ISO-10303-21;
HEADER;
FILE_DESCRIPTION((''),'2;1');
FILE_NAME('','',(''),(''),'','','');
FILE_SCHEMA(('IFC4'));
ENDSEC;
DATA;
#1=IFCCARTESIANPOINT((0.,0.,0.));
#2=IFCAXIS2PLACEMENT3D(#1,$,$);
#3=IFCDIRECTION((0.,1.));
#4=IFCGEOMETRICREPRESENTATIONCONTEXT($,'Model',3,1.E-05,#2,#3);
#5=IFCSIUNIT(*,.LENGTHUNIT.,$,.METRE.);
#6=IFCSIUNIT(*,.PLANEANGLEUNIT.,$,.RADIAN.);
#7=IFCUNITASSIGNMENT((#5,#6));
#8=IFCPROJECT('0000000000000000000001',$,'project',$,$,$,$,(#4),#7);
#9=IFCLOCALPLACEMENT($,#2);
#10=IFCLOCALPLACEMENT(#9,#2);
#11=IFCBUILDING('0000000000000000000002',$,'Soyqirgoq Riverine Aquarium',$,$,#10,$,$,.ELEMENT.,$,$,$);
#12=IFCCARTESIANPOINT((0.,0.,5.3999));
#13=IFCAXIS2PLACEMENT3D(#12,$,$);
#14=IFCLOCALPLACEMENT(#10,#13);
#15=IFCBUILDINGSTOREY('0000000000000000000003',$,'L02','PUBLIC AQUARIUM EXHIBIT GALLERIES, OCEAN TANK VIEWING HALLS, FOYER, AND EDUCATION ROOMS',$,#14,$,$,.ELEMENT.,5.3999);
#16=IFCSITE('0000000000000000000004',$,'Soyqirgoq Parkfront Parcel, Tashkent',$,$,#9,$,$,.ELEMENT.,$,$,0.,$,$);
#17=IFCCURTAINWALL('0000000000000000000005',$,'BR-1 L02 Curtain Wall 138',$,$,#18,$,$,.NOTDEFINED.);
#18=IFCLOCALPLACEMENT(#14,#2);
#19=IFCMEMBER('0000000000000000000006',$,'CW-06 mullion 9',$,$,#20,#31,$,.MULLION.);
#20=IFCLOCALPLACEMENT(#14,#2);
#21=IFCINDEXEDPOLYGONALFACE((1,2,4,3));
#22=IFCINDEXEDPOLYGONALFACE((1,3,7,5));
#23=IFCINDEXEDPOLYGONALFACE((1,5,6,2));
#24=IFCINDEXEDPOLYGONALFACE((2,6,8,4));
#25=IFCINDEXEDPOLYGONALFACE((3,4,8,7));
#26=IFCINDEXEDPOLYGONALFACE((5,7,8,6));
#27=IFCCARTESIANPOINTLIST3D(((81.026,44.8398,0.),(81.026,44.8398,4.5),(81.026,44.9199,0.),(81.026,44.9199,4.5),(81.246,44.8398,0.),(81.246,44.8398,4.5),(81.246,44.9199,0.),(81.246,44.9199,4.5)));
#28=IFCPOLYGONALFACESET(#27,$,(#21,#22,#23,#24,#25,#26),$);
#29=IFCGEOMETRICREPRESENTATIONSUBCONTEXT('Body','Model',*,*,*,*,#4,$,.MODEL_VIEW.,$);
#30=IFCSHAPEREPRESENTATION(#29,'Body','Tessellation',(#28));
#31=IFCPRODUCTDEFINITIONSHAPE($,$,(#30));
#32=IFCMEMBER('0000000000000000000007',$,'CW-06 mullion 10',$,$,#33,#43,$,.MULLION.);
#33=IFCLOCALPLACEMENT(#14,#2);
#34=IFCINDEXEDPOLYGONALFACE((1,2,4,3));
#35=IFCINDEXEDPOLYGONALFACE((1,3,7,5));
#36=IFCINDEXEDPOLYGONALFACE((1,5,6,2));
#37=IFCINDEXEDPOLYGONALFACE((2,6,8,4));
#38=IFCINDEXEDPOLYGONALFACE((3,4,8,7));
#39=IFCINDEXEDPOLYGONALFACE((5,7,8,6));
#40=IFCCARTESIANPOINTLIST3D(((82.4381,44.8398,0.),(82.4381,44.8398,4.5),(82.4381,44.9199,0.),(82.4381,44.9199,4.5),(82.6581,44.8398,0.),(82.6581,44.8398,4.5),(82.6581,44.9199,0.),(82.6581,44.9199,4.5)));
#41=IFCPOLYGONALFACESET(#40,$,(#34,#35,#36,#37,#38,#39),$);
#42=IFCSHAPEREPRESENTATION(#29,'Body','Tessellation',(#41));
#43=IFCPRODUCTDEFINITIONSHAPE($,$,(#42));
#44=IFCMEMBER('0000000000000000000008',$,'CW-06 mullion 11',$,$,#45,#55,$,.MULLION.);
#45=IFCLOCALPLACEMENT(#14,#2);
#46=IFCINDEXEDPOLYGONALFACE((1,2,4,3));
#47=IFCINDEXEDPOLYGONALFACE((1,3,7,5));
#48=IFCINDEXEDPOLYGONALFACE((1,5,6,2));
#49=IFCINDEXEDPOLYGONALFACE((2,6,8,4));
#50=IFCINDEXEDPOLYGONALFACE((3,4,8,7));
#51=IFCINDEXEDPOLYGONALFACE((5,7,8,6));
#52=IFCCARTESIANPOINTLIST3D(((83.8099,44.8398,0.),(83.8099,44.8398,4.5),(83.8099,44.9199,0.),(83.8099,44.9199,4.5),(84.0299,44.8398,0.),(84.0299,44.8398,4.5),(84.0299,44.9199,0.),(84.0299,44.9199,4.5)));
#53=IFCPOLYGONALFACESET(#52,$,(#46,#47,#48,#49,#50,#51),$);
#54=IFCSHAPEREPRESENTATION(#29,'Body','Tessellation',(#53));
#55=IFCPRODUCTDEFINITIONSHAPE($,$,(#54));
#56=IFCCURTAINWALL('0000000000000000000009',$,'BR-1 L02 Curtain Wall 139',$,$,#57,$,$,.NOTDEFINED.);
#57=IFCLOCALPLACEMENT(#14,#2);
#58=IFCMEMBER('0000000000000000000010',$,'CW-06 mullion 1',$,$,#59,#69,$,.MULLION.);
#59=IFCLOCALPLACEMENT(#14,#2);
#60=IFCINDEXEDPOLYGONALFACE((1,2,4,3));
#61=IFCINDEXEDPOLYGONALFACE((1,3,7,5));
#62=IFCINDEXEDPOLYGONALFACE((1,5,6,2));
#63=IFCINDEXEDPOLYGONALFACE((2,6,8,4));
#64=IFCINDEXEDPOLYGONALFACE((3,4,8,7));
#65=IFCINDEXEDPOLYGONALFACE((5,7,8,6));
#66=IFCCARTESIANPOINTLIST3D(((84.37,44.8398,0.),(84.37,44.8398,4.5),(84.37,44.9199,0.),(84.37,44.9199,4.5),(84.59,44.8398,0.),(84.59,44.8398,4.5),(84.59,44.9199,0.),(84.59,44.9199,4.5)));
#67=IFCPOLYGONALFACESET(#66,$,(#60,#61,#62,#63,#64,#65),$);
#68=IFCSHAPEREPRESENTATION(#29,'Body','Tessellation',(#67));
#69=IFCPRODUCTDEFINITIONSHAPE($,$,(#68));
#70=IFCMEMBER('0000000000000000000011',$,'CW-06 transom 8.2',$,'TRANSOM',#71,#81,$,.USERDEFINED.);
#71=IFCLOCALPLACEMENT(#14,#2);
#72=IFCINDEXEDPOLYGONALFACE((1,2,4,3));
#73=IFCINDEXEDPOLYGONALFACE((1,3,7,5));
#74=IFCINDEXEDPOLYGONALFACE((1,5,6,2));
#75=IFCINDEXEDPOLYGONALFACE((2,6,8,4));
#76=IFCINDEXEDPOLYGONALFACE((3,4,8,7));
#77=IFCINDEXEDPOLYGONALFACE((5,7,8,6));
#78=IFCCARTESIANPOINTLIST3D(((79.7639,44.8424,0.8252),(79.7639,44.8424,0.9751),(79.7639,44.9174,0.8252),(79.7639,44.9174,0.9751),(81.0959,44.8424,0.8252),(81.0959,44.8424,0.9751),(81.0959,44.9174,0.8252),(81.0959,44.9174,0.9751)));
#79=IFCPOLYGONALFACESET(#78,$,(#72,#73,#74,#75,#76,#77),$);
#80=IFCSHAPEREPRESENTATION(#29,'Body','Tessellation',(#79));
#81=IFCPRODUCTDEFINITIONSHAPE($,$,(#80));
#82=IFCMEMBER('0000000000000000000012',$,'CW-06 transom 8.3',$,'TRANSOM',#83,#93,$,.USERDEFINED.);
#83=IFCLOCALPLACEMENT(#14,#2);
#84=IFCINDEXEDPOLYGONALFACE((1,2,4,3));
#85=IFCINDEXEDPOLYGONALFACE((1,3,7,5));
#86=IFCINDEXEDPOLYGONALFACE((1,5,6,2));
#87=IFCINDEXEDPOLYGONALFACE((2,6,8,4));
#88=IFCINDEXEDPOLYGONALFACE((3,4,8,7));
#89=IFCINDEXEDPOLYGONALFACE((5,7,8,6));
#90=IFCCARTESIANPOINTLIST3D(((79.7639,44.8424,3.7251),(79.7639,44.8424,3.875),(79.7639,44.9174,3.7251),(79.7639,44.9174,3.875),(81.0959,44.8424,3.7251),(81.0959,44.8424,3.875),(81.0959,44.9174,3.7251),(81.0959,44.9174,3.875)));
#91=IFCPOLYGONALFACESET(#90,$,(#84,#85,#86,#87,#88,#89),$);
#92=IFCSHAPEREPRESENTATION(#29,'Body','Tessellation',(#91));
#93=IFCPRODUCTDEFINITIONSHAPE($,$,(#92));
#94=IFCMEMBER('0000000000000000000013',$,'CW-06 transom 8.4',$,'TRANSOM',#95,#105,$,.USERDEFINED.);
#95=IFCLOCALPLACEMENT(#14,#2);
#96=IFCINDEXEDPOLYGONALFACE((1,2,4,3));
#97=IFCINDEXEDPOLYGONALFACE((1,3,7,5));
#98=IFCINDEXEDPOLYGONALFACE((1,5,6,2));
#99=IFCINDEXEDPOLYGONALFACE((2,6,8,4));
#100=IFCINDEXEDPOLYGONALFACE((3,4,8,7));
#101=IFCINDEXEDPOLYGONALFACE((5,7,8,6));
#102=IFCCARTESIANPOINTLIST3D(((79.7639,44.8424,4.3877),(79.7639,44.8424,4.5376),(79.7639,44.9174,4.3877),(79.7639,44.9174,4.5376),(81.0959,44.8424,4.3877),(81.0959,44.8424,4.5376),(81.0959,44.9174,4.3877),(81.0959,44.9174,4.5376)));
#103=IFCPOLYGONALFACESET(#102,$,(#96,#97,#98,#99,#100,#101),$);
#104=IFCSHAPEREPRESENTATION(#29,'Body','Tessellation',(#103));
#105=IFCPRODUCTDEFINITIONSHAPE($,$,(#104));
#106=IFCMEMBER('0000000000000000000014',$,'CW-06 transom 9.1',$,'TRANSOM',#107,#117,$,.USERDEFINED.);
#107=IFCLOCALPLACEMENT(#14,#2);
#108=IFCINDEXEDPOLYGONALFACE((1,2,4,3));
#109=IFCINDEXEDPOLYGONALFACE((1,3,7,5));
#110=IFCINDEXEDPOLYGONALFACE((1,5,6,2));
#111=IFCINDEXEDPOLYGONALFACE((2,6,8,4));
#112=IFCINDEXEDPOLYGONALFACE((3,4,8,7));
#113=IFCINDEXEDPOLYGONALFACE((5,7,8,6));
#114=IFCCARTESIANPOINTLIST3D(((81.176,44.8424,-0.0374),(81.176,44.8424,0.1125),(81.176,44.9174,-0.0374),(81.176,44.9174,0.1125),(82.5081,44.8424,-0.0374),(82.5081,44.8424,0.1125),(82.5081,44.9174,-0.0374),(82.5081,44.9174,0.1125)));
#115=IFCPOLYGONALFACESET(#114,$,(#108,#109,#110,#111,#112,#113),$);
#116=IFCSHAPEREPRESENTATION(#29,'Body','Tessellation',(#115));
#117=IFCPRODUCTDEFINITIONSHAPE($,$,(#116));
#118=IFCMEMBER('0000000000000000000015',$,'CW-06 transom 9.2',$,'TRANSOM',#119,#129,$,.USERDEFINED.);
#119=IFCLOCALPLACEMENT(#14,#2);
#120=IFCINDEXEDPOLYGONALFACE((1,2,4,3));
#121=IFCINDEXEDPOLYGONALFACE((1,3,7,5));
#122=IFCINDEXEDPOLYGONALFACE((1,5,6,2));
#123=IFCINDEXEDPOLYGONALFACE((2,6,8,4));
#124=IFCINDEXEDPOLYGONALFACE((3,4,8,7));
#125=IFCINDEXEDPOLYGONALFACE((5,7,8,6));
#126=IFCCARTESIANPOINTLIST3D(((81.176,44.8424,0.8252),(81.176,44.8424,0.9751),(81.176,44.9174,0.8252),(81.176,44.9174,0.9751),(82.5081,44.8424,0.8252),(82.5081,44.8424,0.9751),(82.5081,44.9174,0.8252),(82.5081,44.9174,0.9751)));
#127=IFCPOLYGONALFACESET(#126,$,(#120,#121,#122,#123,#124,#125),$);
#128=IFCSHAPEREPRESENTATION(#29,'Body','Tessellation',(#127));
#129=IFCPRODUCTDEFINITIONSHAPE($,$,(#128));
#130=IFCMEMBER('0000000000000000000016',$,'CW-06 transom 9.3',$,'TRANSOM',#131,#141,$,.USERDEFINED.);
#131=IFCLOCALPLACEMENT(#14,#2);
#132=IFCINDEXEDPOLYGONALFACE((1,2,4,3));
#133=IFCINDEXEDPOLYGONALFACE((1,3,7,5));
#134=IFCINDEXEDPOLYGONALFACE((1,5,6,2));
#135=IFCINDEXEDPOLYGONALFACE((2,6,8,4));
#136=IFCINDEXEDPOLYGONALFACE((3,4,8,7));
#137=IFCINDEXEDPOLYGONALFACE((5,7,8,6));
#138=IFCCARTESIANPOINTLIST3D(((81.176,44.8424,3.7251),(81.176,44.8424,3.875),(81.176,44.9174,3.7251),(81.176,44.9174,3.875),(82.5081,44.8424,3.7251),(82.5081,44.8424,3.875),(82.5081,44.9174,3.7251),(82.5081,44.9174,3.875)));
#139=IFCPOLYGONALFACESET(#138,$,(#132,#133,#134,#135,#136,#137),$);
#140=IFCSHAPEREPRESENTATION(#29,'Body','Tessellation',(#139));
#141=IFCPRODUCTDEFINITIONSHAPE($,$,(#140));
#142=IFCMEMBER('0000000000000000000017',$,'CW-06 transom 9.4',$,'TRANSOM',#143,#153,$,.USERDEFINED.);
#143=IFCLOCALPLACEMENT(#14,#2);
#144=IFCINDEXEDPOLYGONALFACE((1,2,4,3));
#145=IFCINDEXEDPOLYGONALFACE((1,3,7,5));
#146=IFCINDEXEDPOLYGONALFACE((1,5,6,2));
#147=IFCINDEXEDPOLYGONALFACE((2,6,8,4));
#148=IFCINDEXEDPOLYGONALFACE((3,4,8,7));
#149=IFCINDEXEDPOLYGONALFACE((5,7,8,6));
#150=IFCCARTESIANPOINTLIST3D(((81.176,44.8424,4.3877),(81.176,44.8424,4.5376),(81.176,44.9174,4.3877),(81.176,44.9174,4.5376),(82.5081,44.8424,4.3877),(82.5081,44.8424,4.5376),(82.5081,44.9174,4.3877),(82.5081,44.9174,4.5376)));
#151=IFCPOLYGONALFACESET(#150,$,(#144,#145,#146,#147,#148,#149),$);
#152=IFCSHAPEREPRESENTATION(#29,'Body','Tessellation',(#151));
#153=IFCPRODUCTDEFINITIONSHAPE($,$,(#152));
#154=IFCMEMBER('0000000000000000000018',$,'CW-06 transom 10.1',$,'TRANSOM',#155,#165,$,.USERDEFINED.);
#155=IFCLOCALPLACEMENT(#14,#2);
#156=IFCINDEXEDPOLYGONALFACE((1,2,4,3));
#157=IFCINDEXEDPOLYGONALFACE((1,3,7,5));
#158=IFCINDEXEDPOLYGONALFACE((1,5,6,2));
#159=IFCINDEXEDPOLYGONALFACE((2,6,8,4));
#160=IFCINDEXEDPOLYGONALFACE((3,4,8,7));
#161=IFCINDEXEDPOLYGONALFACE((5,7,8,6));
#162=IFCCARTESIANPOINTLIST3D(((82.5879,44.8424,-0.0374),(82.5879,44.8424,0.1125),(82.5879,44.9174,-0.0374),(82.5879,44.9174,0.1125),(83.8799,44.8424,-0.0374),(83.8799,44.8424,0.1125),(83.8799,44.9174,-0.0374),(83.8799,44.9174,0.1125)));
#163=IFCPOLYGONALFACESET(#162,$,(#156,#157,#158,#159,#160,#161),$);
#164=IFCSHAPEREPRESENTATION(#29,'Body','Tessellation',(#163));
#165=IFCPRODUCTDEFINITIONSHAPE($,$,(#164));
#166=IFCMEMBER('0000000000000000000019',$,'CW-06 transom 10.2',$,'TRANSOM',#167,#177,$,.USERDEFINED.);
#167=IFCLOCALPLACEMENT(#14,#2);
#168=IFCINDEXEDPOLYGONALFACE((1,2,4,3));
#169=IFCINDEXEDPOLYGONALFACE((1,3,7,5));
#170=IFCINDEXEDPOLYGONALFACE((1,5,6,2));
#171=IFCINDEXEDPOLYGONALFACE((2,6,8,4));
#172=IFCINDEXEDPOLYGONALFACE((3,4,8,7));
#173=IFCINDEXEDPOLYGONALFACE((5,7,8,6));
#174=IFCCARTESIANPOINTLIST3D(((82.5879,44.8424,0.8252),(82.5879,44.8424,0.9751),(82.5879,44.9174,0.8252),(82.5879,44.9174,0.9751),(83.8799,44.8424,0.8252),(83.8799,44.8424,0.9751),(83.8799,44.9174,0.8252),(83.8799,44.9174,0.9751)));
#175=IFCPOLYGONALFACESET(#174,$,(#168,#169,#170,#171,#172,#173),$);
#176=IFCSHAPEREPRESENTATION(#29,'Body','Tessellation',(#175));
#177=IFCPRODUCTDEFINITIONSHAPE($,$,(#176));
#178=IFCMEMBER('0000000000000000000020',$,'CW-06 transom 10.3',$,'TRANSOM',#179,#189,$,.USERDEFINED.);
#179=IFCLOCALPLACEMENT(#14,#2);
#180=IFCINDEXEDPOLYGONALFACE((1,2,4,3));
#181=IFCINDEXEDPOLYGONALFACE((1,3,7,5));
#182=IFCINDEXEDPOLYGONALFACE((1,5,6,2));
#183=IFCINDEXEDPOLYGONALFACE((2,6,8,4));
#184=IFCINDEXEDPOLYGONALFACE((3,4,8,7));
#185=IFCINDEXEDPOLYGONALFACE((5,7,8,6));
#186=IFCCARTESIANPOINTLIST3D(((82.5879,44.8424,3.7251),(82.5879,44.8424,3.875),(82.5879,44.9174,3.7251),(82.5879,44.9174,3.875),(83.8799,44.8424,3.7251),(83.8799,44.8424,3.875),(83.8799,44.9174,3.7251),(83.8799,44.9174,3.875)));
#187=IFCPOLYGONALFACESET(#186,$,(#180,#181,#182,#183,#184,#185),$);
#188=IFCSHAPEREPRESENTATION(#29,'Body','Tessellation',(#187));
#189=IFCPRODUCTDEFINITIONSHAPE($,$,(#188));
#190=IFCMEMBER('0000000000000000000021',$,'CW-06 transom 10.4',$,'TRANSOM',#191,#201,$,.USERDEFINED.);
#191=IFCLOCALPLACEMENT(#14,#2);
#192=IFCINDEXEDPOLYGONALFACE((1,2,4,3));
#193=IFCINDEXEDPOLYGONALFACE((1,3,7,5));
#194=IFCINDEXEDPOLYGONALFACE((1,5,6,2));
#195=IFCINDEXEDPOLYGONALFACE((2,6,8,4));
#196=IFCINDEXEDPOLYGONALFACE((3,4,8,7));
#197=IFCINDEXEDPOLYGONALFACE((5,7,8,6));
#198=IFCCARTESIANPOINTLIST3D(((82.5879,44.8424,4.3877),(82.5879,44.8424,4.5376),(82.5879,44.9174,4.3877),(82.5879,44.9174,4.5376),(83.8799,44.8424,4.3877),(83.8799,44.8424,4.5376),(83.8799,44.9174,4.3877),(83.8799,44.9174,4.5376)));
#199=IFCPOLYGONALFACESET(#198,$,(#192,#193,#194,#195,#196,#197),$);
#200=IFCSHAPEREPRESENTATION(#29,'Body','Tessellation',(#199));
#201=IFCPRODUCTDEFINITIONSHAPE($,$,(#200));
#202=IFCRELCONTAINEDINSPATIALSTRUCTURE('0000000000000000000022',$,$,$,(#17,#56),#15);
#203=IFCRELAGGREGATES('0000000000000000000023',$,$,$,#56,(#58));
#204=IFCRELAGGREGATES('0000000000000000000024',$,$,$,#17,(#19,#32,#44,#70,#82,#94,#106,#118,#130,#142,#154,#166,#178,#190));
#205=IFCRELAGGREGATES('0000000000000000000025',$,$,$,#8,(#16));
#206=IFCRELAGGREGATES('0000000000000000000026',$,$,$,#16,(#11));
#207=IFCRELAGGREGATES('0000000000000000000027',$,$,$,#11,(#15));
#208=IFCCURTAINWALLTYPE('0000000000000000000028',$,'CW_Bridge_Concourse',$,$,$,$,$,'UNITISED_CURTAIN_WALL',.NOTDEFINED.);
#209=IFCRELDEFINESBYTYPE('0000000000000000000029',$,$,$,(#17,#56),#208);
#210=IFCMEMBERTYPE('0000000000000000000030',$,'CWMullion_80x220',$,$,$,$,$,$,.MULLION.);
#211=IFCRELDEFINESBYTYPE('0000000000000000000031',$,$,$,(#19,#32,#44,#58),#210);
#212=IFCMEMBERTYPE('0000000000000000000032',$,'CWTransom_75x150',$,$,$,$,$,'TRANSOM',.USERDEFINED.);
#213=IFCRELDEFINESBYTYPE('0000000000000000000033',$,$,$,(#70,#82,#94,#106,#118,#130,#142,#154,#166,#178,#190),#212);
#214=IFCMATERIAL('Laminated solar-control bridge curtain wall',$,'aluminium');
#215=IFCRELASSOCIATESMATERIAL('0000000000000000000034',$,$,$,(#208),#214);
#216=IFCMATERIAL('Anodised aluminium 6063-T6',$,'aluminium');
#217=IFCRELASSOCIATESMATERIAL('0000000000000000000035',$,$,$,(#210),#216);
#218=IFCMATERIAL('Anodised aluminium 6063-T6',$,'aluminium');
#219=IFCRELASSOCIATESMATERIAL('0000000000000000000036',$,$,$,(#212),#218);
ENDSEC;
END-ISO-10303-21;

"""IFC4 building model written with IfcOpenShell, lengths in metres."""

from ifc_helpers import new_model, si_unit, direction, frame, origin, origin_2d, place, context, subcontext, project, spatial, rectangle, extrude, material, material_profile, profile_set, type_object, element, aggregate, save


model = new_model("IFC4")

# Units and contexts
model_context = context("Model", 3, precision=1e-05, world=origin(), true_north=direction((0.0, 1.0)))
body_context = subcontext(model_context, "Body", "Model", "MODEL_VIEW")
ifc_project = project(units=[si_unit("LENGTHUNIT", "METRE"), si_unit("PLANEANGLEUNIT", "RADIAN")], contexts=[model_context])

# Site, building, storey
site_placement = place(None, origin())
site = spatial("IfcSite", under=ifc_project, at=site_placement, Name="Soyqirgoq Parkfront Parcel, Tashkent", CompositionType="ELEMENT", RefElevation=0.0)
building_placement = place(site_placement, origin())
building = spatial("IfcBuilding", under=site, at=building_placement, Name="Soyqirgoq Riverine Aquarium", CompositionType="ELEMENT")
storey_placement = place(building_placement, frame((0.0, 0.0, 5.3999)))
storey = spatial("IfcBuildingStorey", under=building, at=storey_placement, Name="L02", Description="PUBLIC AQUARIUM EXHIBIT GALLERIES, OCEAN TANK VIEWING HALLS, FOYER, AND EDUCATION ROOMS", CompositionType="ELEMENT", Elevation=5.3999)

# Curtain wall, members
ifc_material_1 = material(Name="Laminated solar-control bridge curtain wall", Category="aluminium")
curtain_wall_type = type_object("IfcCurtainWallType", Name="CW_Bridge_Concourse", ElementType="UNITISED_CURTAIN_WALL", PredefinedType="NOTDEFINED", material=ifc_material_1)
curtain_wall_1_placement = place(storey_placement, origin())
curtain_wall_1 = element("IfcCurtainWall", 1, at=curtain_wall_1_placement, inside=storey, type_object=curtain_wall_type, Name="BR-1 L02 Curtain Wall 138", PredefinedType="NOTDEFINED")
ifc_material_2 = material(Name="Anodised aluminium 6063-T6", Category="aluminium")
ifc_material_profile_1 = material_profile(ifc_material_2, rectangle(XDim=0.0801, YDim=0.22, at=origin_2d()), Name="ALU-M 80x220")
ifc_profile_set_1 = profile_set([ifc_material_profile_1], Name="Anodised aluminium 6063-T6")
member_type_1 = type_object("IfcMemberType", Name="CWMullion_80x220", PredefinedType="MULLION", material=ifc_profile_set_1)
member_1_placement = place(storey_placement, frame((81.136, 44.8799, 0.0), z_axis=(0.0, 0.0, 1.0), x_axis=(0.0, 1.0, 0.0)))
member_1 = element("IfcMember", 2, at=member_1_placement, type_object=member_type_1, Name="CW-06 mullion 9", PredefinedType="MULLION", context=body_context, shape_type="SweptSolid", body=[
    extrude(rectangle(XDim=0.0801, YDim=0.22, at=origin_2d()), origin(), (0.0, 0.0, 1.0), 4.5),
])
member_2_placement = place(storey_placement, frame((82.5481, 44.8799, 0.0), z_axis=(0.0, 0.0, 1.0), x_axis=(0.0, 1.0, 0.0)))
member_2 = element("IfcMember", 3, at=member_2_placement, type_object=member_type_1, Name="CW-06 mullion 10", PredefinedType="MULLION", context=body_context, shape_type="SweptSolid", body=[
    extrude(rectangle(XDim=0.0801, YDim=0.22, at=origin_2d()), origin(), (0.0, 0.0, 1.0), 4.5),
])
member_3_placement = place(storey_placement, frame((83.9199, 44.8799, 0.0), z_axis=(0.0, 0.0, 1.0), x_axis=(0.0, 1.0, 0.0)))
member_3 = element("IfcMember", 4, at=member_3_placement, type_object=member_type_1, Name="CW-06 mullion 11", PredefinedType="MULLION", context=body_context, shape_type="SweptSolid", body=[
    extrude(rectangle(XDim=0.0801, YDim=0.22, at=origin_2d()), origin(), (0.0, 0.0, 1.0), 4.5),
])

# Curtain wall, member
curtain_wall_2_placement = place(storey_placement, origin())
curtain_wall_2 = element("IfcCurtainWall", 5, at=curtain_wall_2_placement, inside=storey, type_object=curtain_wall_type, Name="BR-1 L02 Curtain Wall 139", PredefinedType="NOTDEFINED")
member_4_placement = place(storey_placement, frame((84.48, 44.8799, 0.0), z_axis=(0.0, 0.0, 1.0), x_axis=(0.0, 1.0, 0.0)))
member_4 = element("IfcMember", 6, at=member_4_placement, type_object=member_type_1, Name="CW-06 mullion 1", PredefinedType="MULLION", context=body_context, shape_type="SweptSolid", body=[
    extrude(rectangle(XDim=0.0801, YDim=0.22, at=origin_2d()), origin(), (0.0, 0.0, 1.0), 4.5),
])
aggregate(curtain_wall_2, [member_4])

# Members
ifc_material_3 = material(Name="Anodised aluminium 6063-T6", Category="aluminium")
ifc_material_profile_2 = material_profile(ifc_material_3, rectangle(XDim=0.075, YDim=0.1499, at=origin_2d()), Name="ALU-T 75x150")
ifc_profile_set_2 = profile_set([ifc_material_profile_2], Name="Anodised aluminium 6063-T6")
member_type_2 = type_object("IfcMemberType", Name="CWTransom_75x150", ElementType="TRANSOM", PredefinedType="USERDEFINED", material=ifc_profile_set_2)
member_5_placement = place(storey_placement, frame((79.7639, 44.8799, 0.9001), z_axis=(1.0, 0.0, 0.0), x_axis=(0.0, 1.0, 0.0)))
member_5 = element("IfcMember", 7, at=member_5_placement, type_object=member_type_2, Name="CW-06 transom 8.2", ObjectType="TRANSOM", PredefinedType="USERDEFINED", context=body_context, shape_type="SweptSolid", body=[
    extrude(rectangle(XDim=0.075, YDim=0.1499, at=origin_2d()), origin(), (0.0, 0.0, 1.0), 1.332),
])
member_6_placement = place(storey_placement, frame((79.7639, 44.8799, 3.8), z_axis=(1.0, 0.0, 0.0), x_axis=(0.0, 1.0, 0.0)))
member_6 = element("IfcMember", 8, at=member_6_placement, type_object=member_type_2, Name="CW-06 transom 8.3", ObjectType="TRANSOM", PredefinedType="USERDEFINED", context=body_context, shape_type="SweptSolid", body=[
    extrude(rectangle(XDim=0.075, YDim=0.1499, at=origin_2d()), origin(), (0.0, 0.0, 1.0), 1.332),
])
member_7_placement = place(storey_placement, frame((79.7639, 44.8799, 4.4626), z_axis=(1.0, 0.0, 0.0), x_axis=(0.0, 1.0, 0.0)))
member_7 = element("IfcMember", 9, at=member_7_placement, type_object=member_type_2, Name="CW-06 transom 8.4", ObjectType="TRANSOM", PredefinedType="USERDEFINED", context=body_context, shape_type="SweptSolid", body=[
    extrude(rectangle(XDim=0.075, YDim=0.1499, at=origin_2d()), origin(), (0.0, 0.0, 1.0), 1.332),
])
member_8_placement = place(storey_placement, frame((81.176, 44.8799, 0.0376), z_axis=(1.0, 0.0, 0.0), x_axis=(0.0, 1.0, 0.0)))
member_8 = element("IfcMember", 10, at=member_8_placement, type_object=member_type_2, Name="CW-06 transom 9.1", ObjectType="TRANSOM", PredefinedType="USERDEFINED", context=body_context, shape_type="SweptSolid", body=[
    extrude(rectangle(XDim=0.075, YDim=0.1499, at=origin_2d()), origin(), (0.0, 0.0, 1.0), 1.332),
])
member_9_placement = place(storey_placement, frame((81.176, 44.8799, 0.9001), z_axis=(1.0, 0.0, 0.0), x_axis=(0.0, 1.0, 0.0)))
member_9 = element("IfcMember", 11, at=member_9_placement, type_object=member_type_2, Name="CW-06 transom 9.2", ObjectType="TRANSOM", PredefinedType="USERDEFINED", context=body_context, shape_type="SweptSolid", body=[
    extrude(rectangle(XDim=0.075, YDim=0.1499, at=origin_2d()), origin(), (0.0, 0.0, 1.0), 1.332),
])
member_10_placement = place(storey_placement, frame((81.176, 44.8799, 3.8), z_axis=(1.0, 0.0, 0.0), x_axis=(0.0, 1.0, 0.0)))
member_10 = element("IfcMember", 12, at=member_10_placement, type_object=member_type_2, Name="CW-06 transom 9.3", ObjectType="TRANSOM", PredefinedType="USERDEFINED", context=body_context, shape_type="SweptSolid", body=[
    extrude(rectangle(XDim=0.075, YDim=0.1499, at=origin_2d()), origin(), (0.0, 0.0, 1.0), 1.332),
])
member_11_placement = place(storey_placement, frame((81.176, 44.8799, 4.4626), z_axis=(1.0, 0.0, 0.0), x_axis=(0.0, 1.0, 0.0)))
member_11 = element("IfcMember", 13, at=member_11_placement, type_object=member_type_2, Name="CW-06 transom 9.4", ObjectType="TRANSOM", PredefinedType="USERDEFINED", context=body_context, shape_type="SweptSolid", body=[
    extrude(rectangle(XDim=0.075, YDim=0.1499, at=origin_2d()), origin(), (0.0, 0.0, 1.0), 1.332),
])
member_12_placement = place(storey_placement, frame((82.5879, 44.8799, 0.0376), z_axis=(1.0, 0.0, 0.0), x_axis=(0.0, 1.0, 0.0)))
member_12 = element("IfcMember", 14, at=member_12_placement, type_object=member_type_2, Name="CW-06 transom 10.1", ObjectType="TRANSOM", PredefinedType="USERDEFINED", context=body_context, shape_type="SweptSolid", body=[
    extrude(rectangle(XDim=0.075, YDim=0.1499, at=origin_2d()), origin(), (0.0, 0.0, 1.0), 1.292),
])
member_13_placement = place(storey_placement, frame((82.5879, 44.8799, 0.9001), z_axis=(1.0, 0.0, 0.0), x_axis=(0.0, 1.0, 0.0)))
member_13 = element("IfcMember", 15, at=member_13_placement, type_object=member_type_2, Name="CW-06 transom 10.2", ObjectType="TRANSOM", PredefinedType="USERDEFINED", context=body_context, shape_type="SweptSolid", body=[
    extrude(rectangle(XDim=0.075, YDim=0.1499, at=origin_2d()), origin(), (0.0, 0.0, 1.0), 1.292),
])
member_14_placement = place(storey_placement, frame((82.5879, 44.8799, 3.8), z_axis=(1.0, 0.0, 0.0), x_axis=(0.0, 1.0, 0.0)))
member_14 = element("IfcMember", 16, at=member_14_placement, type_object=member_type_2, Name="CW-06 transom 10.3", ObjectType="TRANSOM", PredefinedType="USERDEFINED", context=body_context, shape_type="SweptSolid", body=[
    extrude(rectangle(XDim=0.075, YDim=0.1499, at=origin_2d()), origin(), (0.0, 0.0, 1.0), 1.292),
])
member_15_placement = place(storey_placement, frame((82.5879, 44.8799, 4.4626), z_axis=(1.0, 0.0, 0.0), x_axis=(0.0, 1.0, 0.0)))
member_15 = element("IfcMember", 17, at=member_15_placement, type_object=member_type_2, Name="CW-06 transom 10.4", ObjectType="TRANSOM", PredefinedType="USERDEFINED", context=body_context, shape_type="SweptSolid", body=[
    extrude(rectangle(XDim=0.075, YDim=0.1499, at=origin_2d()), origin(), (0.0, 0.0, 1.0), 1.292),
])

aggregate(curtain_wall_1, [member_1, member_2, member_3, member_5, member_6, member_7, member_8, member_9, member_10, member_11, member_12, member_13, member_14, member_15])

save(model, "model.ifc")
